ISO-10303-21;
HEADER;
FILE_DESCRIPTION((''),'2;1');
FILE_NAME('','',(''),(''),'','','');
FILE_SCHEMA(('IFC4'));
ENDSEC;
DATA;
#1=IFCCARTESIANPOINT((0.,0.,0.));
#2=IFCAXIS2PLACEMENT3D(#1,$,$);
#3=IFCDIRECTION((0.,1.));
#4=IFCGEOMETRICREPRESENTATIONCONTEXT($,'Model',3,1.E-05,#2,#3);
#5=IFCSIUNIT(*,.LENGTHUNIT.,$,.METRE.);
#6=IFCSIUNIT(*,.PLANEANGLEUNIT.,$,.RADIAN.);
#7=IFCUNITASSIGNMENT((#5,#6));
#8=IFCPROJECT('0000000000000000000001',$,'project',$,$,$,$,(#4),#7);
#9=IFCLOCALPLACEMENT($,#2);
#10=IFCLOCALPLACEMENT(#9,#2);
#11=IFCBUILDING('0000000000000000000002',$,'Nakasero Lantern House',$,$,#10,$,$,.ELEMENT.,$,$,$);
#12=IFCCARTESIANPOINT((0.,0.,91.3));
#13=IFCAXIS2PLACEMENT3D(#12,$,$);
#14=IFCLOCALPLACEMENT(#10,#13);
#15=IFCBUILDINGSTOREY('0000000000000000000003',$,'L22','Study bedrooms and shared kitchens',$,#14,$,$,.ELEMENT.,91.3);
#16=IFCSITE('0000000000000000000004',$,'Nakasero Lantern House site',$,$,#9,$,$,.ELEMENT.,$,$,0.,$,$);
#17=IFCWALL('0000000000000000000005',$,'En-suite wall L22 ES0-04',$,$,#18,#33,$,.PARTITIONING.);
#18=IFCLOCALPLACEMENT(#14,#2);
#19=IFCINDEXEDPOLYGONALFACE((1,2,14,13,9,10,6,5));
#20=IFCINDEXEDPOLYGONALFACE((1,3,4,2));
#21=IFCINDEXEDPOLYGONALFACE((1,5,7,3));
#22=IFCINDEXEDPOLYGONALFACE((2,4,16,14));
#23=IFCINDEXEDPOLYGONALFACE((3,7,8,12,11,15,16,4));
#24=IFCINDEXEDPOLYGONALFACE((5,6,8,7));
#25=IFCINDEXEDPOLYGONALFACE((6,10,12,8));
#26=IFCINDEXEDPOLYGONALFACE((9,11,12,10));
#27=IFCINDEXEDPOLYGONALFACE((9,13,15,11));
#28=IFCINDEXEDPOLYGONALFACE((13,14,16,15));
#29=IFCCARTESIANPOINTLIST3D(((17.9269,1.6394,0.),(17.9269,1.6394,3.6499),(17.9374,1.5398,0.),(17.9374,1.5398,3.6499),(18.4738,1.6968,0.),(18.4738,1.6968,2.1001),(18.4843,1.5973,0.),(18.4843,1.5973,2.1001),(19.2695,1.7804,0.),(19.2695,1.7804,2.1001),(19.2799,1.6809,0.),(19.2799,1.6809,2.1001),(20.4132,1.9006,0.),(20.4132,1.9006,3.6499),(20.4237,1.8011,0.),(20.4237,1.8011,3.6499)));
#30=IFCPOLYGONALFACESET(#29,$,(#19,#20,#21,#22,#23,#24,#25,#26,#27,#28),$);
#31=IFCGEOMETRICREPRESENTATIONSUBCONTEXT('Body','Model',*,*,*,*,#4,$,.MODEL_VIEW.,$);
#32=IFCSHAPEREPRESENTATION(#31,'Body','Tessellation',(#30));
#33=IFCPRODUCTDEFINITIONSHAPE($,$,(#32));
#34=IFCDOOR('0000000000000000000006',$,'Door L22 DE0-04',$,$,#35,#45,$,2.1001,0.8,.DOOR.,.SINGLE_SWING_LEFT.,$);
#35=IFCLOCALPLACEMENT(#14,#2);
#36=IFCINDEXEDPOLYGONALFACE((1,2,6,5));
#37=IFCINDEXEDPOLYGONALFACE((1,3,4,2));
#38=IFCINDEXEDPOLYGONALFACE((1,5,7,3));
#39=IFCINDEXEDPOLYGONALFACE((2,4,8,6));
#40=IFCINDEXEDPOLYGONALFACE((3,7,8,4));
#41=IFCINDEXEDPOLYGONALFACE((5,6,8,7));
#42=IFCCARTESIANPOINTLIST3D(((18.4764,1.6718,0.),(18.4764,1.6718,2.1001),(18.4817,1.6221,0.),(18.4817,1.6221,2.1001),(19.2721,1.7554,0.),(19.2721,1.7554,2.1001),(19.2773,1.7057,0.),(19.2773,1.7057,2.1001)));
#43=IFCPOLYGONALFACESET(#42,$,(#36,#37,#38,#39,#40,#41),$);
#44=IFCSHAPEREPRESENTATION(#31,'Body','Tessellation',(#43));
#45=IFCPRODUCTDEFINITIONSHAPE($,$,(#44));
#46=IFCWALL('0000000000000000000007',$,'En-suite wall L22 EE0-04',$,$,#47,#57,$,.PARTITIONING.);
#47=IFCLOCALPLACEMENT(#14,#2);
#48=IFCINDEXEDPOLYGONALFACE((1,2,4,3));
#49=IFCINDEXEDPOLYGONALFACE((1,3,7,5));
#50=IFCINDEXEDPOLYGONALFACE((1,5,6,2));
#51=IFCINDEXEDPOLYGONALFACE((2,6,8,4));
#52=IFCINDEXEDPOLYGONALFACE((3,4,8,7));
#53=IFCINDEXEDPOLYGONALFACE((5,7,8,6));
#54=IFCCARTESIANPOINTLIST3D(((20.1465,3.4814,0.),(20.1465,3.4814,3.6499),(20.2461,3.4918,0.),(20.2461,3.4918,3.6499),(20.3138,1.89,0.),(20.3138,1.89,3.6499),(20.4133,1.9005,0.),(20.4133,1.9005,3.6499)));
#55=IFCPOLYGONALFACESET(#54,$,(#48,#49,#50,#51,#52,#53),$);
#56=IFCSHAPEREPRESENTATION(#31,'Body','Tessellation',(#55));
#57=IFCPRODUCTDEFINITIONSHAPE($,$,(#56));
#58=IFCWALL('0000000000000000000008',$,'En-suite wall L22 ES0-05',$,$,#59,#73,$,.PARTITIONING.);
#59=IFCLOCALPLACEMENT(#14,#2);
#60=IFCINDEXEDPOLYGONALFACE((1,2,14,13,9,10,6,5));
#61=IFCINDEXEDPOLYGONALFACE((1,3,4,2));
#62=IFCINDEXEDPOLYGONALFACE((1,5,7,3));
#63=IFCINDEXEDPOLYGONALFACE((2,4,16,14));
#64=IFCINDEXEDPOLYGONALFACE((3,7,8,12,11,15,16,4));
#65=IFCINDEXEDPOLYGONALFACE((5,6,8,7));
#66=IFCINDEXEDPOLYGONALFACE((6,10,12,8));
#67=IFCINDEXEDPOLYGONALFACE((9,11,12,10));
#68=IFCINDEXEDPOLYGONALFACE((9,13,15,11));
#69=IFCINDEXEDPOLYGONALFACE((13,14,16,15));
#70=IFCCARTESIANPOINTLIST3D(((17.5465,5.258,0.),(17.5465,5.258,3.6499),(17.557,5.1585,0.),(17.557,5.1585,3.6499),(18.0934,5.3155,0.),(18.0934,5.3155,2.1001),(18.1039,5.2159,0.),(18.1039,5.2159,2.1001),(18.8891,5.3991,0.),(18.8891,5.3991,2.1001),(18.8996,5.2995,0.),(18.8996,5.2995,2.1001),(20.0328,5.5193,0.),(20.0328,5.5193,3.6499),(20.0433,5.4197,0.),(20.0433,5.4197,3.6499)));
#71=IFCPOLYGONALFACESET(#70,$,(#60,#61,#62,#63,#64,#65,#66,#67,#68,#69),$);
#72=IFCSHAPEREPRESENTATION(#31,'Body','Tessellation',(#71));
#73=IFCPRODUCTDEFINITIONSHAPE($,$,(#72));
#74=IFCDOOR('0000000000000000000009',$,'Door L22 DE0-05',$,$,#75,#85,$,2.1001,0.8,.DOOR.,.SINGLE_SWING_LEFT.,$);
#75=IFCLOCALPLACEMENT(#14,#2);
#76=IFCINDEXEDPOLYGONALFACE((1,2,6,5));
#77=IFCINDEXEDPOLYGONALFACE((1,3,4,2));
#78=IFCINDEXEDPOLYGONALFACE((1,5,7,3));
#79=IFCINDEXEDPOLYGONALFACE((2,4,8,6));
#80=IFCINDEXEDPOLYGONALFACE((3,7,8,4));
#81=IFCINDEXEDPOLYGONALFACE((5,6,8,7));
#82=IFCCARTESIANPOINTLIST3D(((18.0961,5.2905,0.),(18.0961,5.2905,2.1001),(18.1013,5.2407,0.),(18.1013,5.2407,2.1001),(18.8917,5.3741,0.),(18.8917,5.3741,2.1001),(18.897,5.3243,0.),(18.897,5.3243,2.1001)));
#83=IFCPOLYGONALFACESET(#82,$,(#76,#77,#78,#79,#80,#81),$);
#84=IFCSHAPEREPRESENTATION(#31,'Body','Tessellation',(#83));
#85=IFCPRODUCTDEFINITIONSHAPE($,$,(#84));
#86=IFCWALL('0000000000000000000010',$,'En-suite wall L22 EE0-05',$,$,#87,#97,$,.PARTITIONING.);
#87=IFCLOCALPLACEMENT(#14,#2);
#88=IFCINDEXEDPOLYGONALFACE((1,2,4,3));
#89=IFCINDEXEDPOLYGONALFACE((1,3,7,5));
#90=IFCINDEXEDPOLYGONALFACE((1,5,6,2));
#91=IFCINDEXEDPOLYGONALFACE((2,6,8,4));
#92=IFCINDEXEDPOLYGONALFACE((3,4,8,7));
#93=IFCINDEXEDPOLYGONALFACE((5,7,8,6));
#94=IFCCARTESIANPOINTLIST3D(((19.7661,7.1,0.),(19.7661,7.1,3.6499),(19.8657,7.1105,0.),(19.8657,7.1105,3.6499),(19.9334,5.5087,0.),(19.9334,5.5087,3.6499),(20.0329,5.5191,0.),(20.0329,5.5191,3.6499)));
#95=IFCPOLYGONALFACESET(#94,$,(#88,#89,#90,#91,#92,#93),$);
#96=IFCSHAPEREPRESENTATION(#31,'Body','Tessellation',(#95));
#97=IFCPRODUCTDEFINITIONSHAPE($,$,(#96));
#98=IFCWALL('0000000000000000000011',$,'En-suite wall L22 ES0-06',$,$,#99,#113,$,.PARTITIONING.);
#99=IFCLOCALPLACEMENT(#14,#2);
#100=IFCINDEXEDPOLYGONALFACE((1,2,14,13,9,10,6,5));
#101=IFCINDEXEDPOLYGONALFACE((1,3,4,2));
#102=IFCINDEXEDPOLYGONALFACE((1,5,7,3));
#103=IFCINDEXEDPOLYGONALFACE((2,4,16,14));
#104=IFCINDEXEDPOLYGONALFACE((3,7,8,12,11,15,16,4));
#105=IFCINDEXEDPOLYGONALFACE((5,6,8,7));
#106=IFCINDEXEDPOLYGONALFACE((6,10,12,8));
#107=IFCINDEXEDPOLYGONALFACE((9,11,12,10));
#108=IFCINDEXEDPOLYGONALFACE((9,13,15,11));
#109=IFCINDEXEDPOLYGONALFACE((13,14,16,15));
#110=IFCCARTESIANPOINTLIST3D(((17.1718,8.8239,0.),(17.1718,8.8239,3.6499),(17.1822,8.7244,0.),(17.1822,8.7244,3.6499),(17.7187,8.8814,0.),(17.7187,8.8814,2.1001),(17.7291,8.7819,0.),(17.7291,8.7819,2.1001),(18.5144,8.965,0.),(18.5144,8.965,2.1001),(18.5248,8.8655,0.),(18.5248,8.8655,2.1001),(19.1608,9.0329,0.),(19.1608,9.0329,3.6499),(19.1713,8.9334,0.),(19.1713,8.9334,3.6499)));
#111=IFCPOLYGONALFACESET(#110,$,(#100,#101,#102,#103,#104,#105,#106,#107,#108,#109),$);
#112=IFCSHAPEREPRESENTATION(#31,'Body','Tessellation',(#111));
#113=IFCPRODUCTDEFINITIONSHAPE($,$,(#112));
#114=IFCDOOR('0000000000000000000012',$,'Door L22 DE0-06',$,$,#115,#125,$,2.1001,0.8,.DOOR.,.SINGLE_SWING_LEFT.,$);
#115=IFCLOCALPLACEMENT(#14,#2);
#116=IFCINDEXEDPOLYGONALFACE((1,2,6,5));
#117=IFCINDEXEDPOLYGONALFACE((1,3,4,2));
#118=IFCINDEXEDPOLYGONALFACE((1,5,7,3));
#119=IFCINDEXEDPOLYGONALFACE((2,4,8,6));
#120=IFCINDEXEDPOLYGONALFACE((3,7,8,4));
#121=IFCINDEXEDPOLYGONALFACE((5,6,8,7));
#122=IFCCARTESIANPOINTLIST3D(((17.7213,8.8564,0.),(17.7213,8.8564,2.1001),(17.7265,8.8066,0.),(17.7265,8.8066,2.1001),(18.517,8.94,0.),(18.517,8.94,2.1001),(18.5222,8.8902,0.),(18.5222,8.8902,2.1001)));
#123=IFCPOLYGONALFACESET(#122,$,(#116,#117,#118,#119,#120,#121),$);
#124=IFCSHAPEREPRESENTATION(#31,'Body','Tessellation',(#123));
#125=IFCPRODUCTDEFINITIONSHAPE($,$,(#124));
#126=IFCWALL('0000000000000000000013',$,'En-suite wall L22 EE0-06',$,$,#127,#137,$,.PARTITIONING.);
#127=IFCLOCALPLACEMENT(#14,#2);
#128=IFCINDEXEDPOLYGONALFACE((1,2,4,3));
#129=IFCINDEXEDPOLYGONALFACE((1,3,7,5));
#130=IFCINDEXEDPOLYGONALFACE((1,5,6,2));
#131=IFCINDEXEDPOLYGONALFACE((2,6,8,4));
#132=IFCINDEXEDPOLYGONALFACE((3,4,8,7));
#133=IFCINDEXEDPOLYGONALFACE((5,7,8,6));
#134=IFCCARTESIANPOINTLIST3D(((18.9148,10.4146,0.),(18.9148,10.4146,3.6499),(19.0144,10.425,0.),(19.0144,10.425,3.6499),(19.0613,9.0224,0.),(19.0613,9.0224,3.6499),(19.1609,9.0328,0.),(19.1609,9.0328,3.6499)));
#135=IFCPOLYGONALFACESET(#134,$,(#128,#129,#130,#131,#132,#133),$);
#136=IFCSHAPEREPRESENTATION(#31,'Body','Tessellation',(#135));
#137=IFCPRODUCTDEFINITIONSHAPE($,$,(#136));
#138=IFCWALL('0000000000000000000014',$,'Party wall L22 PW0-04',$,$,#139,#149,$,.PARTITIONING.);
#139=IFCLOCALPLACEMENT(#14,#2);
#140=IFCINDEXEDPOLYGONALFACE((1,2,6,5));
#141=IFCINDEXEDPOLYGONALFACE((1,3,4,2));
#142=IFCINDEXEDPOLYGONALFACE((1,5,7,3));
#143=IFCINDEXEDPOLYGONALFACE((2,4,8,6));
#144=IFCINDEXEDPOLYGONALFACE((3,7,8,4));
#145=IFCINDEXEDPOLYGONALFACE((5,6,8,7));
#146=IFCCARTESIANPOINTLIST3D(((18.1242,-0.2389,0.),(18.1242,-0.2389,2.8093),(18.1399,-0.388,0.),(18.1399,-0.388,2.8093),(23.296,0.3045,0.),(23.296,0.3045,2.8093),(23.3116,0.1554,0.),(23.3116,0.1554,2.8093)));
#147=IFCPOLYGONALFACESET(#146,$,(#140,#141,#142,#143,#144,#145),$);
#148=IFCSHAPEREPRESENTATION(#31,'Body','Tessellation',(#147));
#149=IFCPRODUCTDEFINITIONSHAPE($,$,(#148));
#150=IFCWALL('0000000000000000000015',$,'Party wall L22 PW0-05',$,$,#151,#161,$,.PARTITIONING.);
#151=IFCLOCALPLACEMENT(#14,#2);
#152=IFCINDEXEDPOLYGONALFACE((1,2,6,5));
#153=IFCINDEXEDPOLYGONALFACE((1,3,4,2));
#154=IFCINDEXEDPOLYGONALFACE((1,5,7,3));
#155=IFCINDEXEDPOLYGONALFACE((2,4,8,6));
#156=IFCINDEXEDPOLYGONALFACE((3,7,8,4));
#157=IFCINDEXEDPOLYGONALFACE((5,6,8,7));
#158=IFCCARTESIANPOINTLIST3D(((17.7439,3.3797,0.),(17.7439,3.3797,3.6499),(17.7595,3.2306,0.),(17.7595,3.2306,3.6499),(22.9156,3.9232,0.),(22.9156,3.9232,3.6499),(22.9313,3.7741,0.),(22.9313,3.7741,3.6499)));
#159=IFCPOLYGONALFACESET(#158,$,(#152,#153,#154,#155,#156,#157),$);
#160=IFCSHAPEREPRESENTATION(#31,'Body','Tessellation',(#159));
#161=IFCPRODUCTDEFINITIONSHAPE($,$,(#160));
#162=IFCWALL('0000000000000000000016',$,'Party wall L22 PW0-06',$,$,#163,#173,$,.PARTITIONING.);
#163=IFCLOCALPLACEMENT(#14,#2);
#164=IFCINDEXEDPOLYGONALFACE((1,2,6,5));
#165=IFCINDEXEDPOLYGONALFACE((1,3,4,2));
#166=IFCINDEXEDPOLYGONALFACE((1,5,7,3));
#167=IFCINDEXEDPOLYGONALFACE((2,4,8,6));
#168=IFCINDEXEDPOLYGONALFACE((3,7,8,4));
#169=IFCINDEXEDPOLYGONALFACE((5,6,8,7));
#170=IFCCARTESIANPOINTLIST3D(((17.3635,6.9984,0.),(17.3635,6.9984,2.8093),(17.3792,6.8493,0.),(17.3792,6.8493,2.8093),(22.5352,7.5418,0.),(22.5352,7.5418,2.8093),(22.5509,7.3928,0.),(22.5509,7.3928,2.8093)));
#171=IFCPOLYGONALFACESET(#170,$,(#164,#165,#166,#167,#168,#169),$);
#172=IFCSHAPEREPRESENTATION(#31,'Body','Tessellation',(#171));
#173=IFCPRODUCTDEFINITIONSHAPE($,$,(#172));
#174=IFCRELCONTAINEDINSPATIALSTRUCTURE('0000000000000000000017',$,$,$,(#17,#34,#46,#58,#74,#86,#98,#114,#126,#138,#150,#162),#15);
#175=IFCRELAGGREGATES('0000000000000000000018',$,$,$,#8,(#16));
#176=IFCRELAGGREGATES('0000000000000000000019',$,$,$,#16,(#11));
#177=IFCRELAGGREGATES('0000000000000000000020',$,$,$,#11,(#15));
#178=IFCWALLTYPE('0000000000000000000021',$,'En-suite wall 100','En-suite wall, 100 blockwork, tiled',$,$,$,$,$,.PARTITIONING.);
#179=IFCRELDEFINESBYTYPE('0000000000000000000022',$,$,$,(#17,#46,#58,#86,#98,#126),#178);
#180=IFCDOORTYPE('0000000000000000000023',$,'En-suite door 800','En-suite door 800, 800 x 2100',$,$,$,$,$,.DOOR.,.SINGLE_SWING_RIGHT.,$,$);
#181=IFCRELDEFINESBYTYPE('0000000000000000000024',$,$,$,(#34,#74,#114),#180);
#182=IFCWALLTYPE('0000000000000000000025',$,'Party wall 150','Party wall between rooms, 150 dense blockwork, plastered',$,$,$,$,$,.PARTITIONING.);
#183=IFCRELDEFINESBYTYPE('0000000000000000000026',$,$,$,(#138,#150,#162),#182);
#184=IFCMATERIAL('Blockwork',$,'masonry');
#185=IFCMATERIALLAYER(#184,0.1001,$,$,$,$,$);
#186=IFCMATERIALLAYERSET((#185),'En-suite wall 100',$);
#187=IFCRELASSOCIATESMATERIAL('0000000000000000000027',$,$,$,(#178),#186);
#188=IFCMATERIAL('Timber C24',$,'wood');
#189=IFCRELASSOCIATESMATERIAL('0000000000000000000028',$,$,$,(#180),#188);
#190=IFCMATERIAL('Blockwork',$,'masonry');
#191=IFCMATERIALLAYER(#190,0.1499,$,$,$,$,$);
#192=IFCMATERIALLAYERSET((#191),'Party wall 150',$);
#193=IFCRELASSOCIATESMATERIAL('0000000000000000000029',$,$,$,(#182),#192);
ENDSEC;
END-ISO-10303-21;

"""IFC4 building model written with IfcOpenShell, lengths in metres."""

from ifc_helpers import new_model, si_unit, direction, frame, frame_2d, origin, place, context, subcontext, project, spatial, rectangle, extrude, material, layer, layer_set, type_object, element, fill, save


model = new_model("IFC4")

# Units and contexts
model_context = context("Model", 3, precision=1e-05, world=origin(), true_north=direction((0.0, 1.0)))
body_context = subcontext(model_context, "Body", "Model", "MODEL_VIEW")
ifc_project = project(units=[si_unit("LENGTHUNIT", "METRE"), si_unit("PLANEANGLEUNIT", "RADIAN")], contexts=[model_context])

# Site, building, storey
site_placement = place(None, origin())
site = spatial("IfcSite", under=ifc_project, at=site_placement, Name="Nakasero Lantern House site", CompositionType="ELEMENT", RefElevation=0.0)
building_placement = place(site_placement, origin())
building = spatial("IfcBuilding", under=site, at=building_placement, Name="Nakasero Lantern House", CompositionType="ELEMENT")
storey_placement = place(building_placement, frame((0.0, 0.0, 91.3)))
storey = spatial("IfcBuildingStorey", under=building, at=storey_placement, Name="L22", Description="Study bedrooms and shared kitchens", CompositionType="ELEMENT", Elevation=91.3)

# Wall, opening, door
ifc_material_1 = material(Name="Blockwork", Category="masonry")
ifc_layer_1 = layer(ifc_material_1, 0.1001)
ifc_layer_set_1 = layer_set([ifc_layer_1], Name="En-suite wall 100")
wall_type_1 = type_object("IfcWallType", Name="En-suite wall 100", Description="En-suite wall, 100 blockwork, tiled", PredefinedType="PARTITIONING", material=ifc_layer_set_1)
wall_1_placement = place(storey_placement, frame((17.9321, 1.5896, 0.0), z_axis=(0.0, 0.0, 1.0), x_axis=(0.994526, 0.104492, 0.0)))
wall_1 = element("IfcWall", 1, at=wall_1_placement, inside=storey, type_object=wall_type_1, Name="En-suite wall L22 ES0-04", PredefinedType="PARTITIONING", context=body_context, shape_type="SweptSolid", body=[
    extrude(rectangle(XDim=2.5, YDim=0.1001, at=frame_2d((1.25, 0.0))), origin(), (0.0, 0.0, 1.0), 3.6499),
])
opening_1_placement = place(wall_1_placement, frame((0.55, 0.0, 0.0)))
opening_1 = element("IfcOpeningElement", 2, at=opening_1_placement, cuts=wall_1, PredefinedType="OPENING", context=body_context, shape_type="SweptSolid", body=[
    extrude(rectangle(XDim=0.8, YDim=2.1001, at=frame_2d((0.3999, 1.05))), frame((0.0, 0.0701, 0.0), z_axis=(0.0, -1.0, 0.0), x_axis=(1.0, 0.0, 0.0)), (0.0, 0.0, 1.0), 0.1401),
])
ifc_material_2 = material(Name="Timber C24", Category="wood")
door_type_1 = type_object("IfcDoorType", Name="En-suite door 800", Description="En-suite door 800, 800 x 2100", OperationType="SINGLE_SWING_RIGHT", PredefinedType="DOOR", material=ifc_material_2)
door_1_placement = place(opening_1_placement, origin())
door_1 = element("IfcDoor", 3, at=door_1_placement, inside=storey, type_object=door_type_1, Name="Door L22 DE0-04", OperationType="SINGLE_SWING_LEFT", OverallHeight=2.1001, OverallWidth=0.8, PredefinedType="DOOR", context=body_context, shape_type="SweptSolid", body=[
    extrude(rectangle(XDim=0.8, YDim=2.1001, at=frame_2d((0.3999, 1.05))), frame((0.0, 0.0249, 0.0), z_axis=(0.0, -1.0, 0.0), x_axis=(1.0, 0.0, 0.0)), (0.0, 0.0, 1.0), 0.05),
])
fill(opening_1, door_1)

# Wall
wall_2_placement = place(storey_placement, frame((20.3635, 1.8953, 0.0), z_axis=(0.0, 0.0, 1.0), x_axis=(-0.104518, 0.994523, 0.0)))
element("IfcWall", 4, at=wall_2_placement, inside=storey, type_object=wall_type_1, Name="En-suite wall L22 EE0-04", PredefinedType="PARTITIONING", context=body_context, shape_type="SweptSolid", body=[
    extrude(rectangle(XDim=1.6001, YDim=0.1001, at=frame_2d((0.8, 0.0))), origin(), (0.0, 0.0, 1.0), 3.6499),
])

# Wall, opening, door
wall_3_placement = place(storey_placement, frame((17.5518, 5.2083, 0.0), z_axis=(0.0, 0.0, 1.0), x_axis=(0.994526, 0.104492, 0.0)))
wall_3 = element("IfcWall", 5, at=wall_3_placement, inside=storey, type_object=wall_type_1, Name="En-suite wall L22 ES0-05", PredefinedType="PARTITIONING", context=body_context, shape_type="SweptSolid", body=[
    extrude(rectangle(XDim=2.5, YDim=0.1001, at=frame_2d((1.25, 0.0))), origin(), (0.0, 0.0, 1.0), 3.6499),
])
opening_2_placement = place(wall_3_placement, frame((0.55, 0.0, 0.0)))
opening_2 = element("IfcOpeningElement", 6, at=opening_2_placement, cuts=wall_3, PredefinedType="OPENING", context=body_context, shape_type="SweptSolid", body=[
    extrude(rectangle(XDim=0.8, YDim=2.1001, at=frame_2d((0.3999, 1.05))), frame((0.0, 0.0701, 0.0), z_axis=(0.0, -1.0, 0.0), x_axis=(1.0, 0.0, 0.0)), (0.0, 0.0, 1.0), 0.1401),
])
door_2_placement = place(opening_2_placement, origin())
door_2 = element("IfcDoor", 7, at=door_2_placement, inside=storey, type_object=door_type_1, Name="Door L22 DE0-05", OperationType="SINGLE_SWING_LEFT", OverallHeight=2.1001, OverallWidth=0.8, PredefinedType="DOOR", context=body_context, shape_type="SweptSolid", body=[
    extrude(rectangle(XDim=0.8, YDim=2.1001, at=frame_2d((0.3999, 1.05))), frame((0.0, 0.0249, 0.0), z_axis=(0.0, -1.0, 0.0), x_axis=(1.0, 0.0, 0.0)), (0.0, 0.0, 1.0), 0.05),
])
fill(opening_2, door_2)

# Wall
wall_4_placement = place(storey_placement, frame((19.9832, 5.5139, 0.0), z_axis=(0.0, 0.0, 1.0), x_axis=(-0.104518, 0.994523, 0.0)))
element("IfcWall", 8, at=wall_4_placement, inside=storey, type_object=wall_type_1, Name="En-suite wall L22 EE0-05", PredefinedType="PARTITIONING", context=body_context, shape_type="SweptSolid", body=[
    extrude(rectangle(XDim=1.6001, YDim=0.1001, at=frame_2d((0.8, 0.0))), origin(), (0.0, 0.0, 1.0), 3.6499),
])

# Wall, opening, door
wall_5_placement = place(storey_placement, frame((17.177, 8.7742, 0.0), z_axis=(0.0, 0.0, 1.0), x_axis=(0.994526, 0.104494, 0.0)))
wall_5 = element("IfcWall", 9, at=wall_5_placement, inside=storey, type_object=wall_type_1, Name="En-suite wall L22 ES0-06", PredefinedType="PARTITIONING", context=body_context, shape_type="SweptSolid", body=[
    extrude(rectangle(XDim=2.0, YDim=0.1001, at=frame_2d((1.0, 0.0))), origin(), (0.0, 0.0, 1.0), 3.6499),
])
opening_3_placement = place(wall_5_placement, frame((0.55, 0.0, 0.0)))
opening_3 = element("IfcOpeningElement", 10, at=opening_3_placement, cuts=wall_5, PredefinedType="OPENING", context=body_context, shape_type="SweptSolid", body=[
    extrude(rectangle(XDim=0.8, YDim=2.1001, at=frame_2d((0.3999, 1.05))), frame((0.0, 0.0701, 0.0), z_axis=(0.0, -1.0, 0.0), x_axis=(1.0, 0.0, 0.0)), (0.0, 0.0, 1.0), 0.1401),
])
door_3_placement = place(opening_3_placement, origin())
door_3 = element("IfcDoor", 11, at=door_3_placement, inside=storey, type_object=door_type_1, Name="Door L22 DE0-06", OperationType="SINGLE_SWING_LEFT", OverallHeight=2.1001, OverallWidth=0.8, PredefinedType="DOOR", context=body_context, shape_type="SweptSolid", body=[
    extrude(rectangle(XDim=0.8, YDim=2.1001, at=frame_2d((0.3999, 1.05))), frame((0.0, 0.0249, 0.0), z_axis=(0.0, -1.0, 0.0), x_axis=(1.0, 0.0, 0.0)), (0.0, 0.0, 1.0), 0.05),
])
fill(opening_3, door_3)

# Walls
wall_6_placement = place(storey_placement, frame((19.1111, 9.0276, 0.0), z_axis=(0.0, 0.0, 1.0), x_axis=(-0.10463, 0.994511, 0.0)))
element("IfcWall", 12, at=wall_6_placement, inside=storey, type_object=wall_type_1, Name="En-suite wall L22 EE0-06", PredefinedType="PARTITIONING", context=body_context, shape_type="SweptSolid", body=[
    extrude(rectangle(XDim=1.3999, YDim=0.1001, at=frame_2d((0.7, 0.0))), origin(), (0.0, 0.0, 1.0), 3.6499),
])
ifc_material_3 = material(Name="Blockwork", Category="masonry")
ifc_layer_2 = layer(ifc_material_3, 0.1499)
ifc_layer_set_2 = layer_set([ifc_layer_2], Name="Party wall 150")
wall_type_2 = type_object("IfcWallType", Name="Party wall 150", Description="Party wall between rooms, 150 dense blockwork, plastered", PredefinedType="PARTITIONING", material=ifc_layer_set_2)
wall_7_placement = place(storey_placement, frame((18.1321, -0.3135, 0.0), z_axis=(0.0, 0.0, 1.0), x_axis=(0.994524, 0.104509, 0.0)))
element("IfcWall", 13, at=wall_7_placement, inside=storey, type_object=wall_type_2, Name="Party wall L22 PW0-04", PredefinedType="PARTITIONING", context=body_context, shape_type="SweptSolid", body=[
    extrude(rectangle(XDim=5.2002, YDim=0.1499, at=frame_2d((2.6001, 0.0))), origin(), (0.0, 0.0, 1.0), 2.8093),
])
wall_8_placement = place(storey_placement, frame((17.7517, 3.3052, 0.0), z_axis=(0.0, 0.0, 1.0), x_axis=(0.994524, 0.104509, 0.0)))
element("IfcWall", 14, at=wall_8_placement, inside=storey, type_object=wall_type_2, Name="Party wall L22 PW0-05", PredefinedType="PARTITIONING", context=body_context, shape_type="SweptSolid", body=[
    extrude(rectangle(XDim=5.2002, YDim=0.1499, at=frame_2d((2.6001, 0.0))), origin(), (0.0, 0.0, 1.0), 3.6499),
])
wall_9_placement = place(storey_placement, frame((17.3713, 6.9238, 0.0), z_axis=(0.0, 0.0, 1.0), x_axis=(0.994524, 0.104509, 0.0)))
element("IfcWall", 15, at=wall_9_placement, inside=storey, type_object=wall_type_2, Name="Party wall L22 PW0-06", PredefinedType="PARTITIONING", context=body_context, shape_type="SweptSolid", body=[
    extrude(rectangle(XDim=5.2002, YDim=0.1499, at=frame_2d((2.6001, 0.0))), origin(), (0.0, 0.0, 1.0), 2.8093),
])

save(model, "model.ifc")
